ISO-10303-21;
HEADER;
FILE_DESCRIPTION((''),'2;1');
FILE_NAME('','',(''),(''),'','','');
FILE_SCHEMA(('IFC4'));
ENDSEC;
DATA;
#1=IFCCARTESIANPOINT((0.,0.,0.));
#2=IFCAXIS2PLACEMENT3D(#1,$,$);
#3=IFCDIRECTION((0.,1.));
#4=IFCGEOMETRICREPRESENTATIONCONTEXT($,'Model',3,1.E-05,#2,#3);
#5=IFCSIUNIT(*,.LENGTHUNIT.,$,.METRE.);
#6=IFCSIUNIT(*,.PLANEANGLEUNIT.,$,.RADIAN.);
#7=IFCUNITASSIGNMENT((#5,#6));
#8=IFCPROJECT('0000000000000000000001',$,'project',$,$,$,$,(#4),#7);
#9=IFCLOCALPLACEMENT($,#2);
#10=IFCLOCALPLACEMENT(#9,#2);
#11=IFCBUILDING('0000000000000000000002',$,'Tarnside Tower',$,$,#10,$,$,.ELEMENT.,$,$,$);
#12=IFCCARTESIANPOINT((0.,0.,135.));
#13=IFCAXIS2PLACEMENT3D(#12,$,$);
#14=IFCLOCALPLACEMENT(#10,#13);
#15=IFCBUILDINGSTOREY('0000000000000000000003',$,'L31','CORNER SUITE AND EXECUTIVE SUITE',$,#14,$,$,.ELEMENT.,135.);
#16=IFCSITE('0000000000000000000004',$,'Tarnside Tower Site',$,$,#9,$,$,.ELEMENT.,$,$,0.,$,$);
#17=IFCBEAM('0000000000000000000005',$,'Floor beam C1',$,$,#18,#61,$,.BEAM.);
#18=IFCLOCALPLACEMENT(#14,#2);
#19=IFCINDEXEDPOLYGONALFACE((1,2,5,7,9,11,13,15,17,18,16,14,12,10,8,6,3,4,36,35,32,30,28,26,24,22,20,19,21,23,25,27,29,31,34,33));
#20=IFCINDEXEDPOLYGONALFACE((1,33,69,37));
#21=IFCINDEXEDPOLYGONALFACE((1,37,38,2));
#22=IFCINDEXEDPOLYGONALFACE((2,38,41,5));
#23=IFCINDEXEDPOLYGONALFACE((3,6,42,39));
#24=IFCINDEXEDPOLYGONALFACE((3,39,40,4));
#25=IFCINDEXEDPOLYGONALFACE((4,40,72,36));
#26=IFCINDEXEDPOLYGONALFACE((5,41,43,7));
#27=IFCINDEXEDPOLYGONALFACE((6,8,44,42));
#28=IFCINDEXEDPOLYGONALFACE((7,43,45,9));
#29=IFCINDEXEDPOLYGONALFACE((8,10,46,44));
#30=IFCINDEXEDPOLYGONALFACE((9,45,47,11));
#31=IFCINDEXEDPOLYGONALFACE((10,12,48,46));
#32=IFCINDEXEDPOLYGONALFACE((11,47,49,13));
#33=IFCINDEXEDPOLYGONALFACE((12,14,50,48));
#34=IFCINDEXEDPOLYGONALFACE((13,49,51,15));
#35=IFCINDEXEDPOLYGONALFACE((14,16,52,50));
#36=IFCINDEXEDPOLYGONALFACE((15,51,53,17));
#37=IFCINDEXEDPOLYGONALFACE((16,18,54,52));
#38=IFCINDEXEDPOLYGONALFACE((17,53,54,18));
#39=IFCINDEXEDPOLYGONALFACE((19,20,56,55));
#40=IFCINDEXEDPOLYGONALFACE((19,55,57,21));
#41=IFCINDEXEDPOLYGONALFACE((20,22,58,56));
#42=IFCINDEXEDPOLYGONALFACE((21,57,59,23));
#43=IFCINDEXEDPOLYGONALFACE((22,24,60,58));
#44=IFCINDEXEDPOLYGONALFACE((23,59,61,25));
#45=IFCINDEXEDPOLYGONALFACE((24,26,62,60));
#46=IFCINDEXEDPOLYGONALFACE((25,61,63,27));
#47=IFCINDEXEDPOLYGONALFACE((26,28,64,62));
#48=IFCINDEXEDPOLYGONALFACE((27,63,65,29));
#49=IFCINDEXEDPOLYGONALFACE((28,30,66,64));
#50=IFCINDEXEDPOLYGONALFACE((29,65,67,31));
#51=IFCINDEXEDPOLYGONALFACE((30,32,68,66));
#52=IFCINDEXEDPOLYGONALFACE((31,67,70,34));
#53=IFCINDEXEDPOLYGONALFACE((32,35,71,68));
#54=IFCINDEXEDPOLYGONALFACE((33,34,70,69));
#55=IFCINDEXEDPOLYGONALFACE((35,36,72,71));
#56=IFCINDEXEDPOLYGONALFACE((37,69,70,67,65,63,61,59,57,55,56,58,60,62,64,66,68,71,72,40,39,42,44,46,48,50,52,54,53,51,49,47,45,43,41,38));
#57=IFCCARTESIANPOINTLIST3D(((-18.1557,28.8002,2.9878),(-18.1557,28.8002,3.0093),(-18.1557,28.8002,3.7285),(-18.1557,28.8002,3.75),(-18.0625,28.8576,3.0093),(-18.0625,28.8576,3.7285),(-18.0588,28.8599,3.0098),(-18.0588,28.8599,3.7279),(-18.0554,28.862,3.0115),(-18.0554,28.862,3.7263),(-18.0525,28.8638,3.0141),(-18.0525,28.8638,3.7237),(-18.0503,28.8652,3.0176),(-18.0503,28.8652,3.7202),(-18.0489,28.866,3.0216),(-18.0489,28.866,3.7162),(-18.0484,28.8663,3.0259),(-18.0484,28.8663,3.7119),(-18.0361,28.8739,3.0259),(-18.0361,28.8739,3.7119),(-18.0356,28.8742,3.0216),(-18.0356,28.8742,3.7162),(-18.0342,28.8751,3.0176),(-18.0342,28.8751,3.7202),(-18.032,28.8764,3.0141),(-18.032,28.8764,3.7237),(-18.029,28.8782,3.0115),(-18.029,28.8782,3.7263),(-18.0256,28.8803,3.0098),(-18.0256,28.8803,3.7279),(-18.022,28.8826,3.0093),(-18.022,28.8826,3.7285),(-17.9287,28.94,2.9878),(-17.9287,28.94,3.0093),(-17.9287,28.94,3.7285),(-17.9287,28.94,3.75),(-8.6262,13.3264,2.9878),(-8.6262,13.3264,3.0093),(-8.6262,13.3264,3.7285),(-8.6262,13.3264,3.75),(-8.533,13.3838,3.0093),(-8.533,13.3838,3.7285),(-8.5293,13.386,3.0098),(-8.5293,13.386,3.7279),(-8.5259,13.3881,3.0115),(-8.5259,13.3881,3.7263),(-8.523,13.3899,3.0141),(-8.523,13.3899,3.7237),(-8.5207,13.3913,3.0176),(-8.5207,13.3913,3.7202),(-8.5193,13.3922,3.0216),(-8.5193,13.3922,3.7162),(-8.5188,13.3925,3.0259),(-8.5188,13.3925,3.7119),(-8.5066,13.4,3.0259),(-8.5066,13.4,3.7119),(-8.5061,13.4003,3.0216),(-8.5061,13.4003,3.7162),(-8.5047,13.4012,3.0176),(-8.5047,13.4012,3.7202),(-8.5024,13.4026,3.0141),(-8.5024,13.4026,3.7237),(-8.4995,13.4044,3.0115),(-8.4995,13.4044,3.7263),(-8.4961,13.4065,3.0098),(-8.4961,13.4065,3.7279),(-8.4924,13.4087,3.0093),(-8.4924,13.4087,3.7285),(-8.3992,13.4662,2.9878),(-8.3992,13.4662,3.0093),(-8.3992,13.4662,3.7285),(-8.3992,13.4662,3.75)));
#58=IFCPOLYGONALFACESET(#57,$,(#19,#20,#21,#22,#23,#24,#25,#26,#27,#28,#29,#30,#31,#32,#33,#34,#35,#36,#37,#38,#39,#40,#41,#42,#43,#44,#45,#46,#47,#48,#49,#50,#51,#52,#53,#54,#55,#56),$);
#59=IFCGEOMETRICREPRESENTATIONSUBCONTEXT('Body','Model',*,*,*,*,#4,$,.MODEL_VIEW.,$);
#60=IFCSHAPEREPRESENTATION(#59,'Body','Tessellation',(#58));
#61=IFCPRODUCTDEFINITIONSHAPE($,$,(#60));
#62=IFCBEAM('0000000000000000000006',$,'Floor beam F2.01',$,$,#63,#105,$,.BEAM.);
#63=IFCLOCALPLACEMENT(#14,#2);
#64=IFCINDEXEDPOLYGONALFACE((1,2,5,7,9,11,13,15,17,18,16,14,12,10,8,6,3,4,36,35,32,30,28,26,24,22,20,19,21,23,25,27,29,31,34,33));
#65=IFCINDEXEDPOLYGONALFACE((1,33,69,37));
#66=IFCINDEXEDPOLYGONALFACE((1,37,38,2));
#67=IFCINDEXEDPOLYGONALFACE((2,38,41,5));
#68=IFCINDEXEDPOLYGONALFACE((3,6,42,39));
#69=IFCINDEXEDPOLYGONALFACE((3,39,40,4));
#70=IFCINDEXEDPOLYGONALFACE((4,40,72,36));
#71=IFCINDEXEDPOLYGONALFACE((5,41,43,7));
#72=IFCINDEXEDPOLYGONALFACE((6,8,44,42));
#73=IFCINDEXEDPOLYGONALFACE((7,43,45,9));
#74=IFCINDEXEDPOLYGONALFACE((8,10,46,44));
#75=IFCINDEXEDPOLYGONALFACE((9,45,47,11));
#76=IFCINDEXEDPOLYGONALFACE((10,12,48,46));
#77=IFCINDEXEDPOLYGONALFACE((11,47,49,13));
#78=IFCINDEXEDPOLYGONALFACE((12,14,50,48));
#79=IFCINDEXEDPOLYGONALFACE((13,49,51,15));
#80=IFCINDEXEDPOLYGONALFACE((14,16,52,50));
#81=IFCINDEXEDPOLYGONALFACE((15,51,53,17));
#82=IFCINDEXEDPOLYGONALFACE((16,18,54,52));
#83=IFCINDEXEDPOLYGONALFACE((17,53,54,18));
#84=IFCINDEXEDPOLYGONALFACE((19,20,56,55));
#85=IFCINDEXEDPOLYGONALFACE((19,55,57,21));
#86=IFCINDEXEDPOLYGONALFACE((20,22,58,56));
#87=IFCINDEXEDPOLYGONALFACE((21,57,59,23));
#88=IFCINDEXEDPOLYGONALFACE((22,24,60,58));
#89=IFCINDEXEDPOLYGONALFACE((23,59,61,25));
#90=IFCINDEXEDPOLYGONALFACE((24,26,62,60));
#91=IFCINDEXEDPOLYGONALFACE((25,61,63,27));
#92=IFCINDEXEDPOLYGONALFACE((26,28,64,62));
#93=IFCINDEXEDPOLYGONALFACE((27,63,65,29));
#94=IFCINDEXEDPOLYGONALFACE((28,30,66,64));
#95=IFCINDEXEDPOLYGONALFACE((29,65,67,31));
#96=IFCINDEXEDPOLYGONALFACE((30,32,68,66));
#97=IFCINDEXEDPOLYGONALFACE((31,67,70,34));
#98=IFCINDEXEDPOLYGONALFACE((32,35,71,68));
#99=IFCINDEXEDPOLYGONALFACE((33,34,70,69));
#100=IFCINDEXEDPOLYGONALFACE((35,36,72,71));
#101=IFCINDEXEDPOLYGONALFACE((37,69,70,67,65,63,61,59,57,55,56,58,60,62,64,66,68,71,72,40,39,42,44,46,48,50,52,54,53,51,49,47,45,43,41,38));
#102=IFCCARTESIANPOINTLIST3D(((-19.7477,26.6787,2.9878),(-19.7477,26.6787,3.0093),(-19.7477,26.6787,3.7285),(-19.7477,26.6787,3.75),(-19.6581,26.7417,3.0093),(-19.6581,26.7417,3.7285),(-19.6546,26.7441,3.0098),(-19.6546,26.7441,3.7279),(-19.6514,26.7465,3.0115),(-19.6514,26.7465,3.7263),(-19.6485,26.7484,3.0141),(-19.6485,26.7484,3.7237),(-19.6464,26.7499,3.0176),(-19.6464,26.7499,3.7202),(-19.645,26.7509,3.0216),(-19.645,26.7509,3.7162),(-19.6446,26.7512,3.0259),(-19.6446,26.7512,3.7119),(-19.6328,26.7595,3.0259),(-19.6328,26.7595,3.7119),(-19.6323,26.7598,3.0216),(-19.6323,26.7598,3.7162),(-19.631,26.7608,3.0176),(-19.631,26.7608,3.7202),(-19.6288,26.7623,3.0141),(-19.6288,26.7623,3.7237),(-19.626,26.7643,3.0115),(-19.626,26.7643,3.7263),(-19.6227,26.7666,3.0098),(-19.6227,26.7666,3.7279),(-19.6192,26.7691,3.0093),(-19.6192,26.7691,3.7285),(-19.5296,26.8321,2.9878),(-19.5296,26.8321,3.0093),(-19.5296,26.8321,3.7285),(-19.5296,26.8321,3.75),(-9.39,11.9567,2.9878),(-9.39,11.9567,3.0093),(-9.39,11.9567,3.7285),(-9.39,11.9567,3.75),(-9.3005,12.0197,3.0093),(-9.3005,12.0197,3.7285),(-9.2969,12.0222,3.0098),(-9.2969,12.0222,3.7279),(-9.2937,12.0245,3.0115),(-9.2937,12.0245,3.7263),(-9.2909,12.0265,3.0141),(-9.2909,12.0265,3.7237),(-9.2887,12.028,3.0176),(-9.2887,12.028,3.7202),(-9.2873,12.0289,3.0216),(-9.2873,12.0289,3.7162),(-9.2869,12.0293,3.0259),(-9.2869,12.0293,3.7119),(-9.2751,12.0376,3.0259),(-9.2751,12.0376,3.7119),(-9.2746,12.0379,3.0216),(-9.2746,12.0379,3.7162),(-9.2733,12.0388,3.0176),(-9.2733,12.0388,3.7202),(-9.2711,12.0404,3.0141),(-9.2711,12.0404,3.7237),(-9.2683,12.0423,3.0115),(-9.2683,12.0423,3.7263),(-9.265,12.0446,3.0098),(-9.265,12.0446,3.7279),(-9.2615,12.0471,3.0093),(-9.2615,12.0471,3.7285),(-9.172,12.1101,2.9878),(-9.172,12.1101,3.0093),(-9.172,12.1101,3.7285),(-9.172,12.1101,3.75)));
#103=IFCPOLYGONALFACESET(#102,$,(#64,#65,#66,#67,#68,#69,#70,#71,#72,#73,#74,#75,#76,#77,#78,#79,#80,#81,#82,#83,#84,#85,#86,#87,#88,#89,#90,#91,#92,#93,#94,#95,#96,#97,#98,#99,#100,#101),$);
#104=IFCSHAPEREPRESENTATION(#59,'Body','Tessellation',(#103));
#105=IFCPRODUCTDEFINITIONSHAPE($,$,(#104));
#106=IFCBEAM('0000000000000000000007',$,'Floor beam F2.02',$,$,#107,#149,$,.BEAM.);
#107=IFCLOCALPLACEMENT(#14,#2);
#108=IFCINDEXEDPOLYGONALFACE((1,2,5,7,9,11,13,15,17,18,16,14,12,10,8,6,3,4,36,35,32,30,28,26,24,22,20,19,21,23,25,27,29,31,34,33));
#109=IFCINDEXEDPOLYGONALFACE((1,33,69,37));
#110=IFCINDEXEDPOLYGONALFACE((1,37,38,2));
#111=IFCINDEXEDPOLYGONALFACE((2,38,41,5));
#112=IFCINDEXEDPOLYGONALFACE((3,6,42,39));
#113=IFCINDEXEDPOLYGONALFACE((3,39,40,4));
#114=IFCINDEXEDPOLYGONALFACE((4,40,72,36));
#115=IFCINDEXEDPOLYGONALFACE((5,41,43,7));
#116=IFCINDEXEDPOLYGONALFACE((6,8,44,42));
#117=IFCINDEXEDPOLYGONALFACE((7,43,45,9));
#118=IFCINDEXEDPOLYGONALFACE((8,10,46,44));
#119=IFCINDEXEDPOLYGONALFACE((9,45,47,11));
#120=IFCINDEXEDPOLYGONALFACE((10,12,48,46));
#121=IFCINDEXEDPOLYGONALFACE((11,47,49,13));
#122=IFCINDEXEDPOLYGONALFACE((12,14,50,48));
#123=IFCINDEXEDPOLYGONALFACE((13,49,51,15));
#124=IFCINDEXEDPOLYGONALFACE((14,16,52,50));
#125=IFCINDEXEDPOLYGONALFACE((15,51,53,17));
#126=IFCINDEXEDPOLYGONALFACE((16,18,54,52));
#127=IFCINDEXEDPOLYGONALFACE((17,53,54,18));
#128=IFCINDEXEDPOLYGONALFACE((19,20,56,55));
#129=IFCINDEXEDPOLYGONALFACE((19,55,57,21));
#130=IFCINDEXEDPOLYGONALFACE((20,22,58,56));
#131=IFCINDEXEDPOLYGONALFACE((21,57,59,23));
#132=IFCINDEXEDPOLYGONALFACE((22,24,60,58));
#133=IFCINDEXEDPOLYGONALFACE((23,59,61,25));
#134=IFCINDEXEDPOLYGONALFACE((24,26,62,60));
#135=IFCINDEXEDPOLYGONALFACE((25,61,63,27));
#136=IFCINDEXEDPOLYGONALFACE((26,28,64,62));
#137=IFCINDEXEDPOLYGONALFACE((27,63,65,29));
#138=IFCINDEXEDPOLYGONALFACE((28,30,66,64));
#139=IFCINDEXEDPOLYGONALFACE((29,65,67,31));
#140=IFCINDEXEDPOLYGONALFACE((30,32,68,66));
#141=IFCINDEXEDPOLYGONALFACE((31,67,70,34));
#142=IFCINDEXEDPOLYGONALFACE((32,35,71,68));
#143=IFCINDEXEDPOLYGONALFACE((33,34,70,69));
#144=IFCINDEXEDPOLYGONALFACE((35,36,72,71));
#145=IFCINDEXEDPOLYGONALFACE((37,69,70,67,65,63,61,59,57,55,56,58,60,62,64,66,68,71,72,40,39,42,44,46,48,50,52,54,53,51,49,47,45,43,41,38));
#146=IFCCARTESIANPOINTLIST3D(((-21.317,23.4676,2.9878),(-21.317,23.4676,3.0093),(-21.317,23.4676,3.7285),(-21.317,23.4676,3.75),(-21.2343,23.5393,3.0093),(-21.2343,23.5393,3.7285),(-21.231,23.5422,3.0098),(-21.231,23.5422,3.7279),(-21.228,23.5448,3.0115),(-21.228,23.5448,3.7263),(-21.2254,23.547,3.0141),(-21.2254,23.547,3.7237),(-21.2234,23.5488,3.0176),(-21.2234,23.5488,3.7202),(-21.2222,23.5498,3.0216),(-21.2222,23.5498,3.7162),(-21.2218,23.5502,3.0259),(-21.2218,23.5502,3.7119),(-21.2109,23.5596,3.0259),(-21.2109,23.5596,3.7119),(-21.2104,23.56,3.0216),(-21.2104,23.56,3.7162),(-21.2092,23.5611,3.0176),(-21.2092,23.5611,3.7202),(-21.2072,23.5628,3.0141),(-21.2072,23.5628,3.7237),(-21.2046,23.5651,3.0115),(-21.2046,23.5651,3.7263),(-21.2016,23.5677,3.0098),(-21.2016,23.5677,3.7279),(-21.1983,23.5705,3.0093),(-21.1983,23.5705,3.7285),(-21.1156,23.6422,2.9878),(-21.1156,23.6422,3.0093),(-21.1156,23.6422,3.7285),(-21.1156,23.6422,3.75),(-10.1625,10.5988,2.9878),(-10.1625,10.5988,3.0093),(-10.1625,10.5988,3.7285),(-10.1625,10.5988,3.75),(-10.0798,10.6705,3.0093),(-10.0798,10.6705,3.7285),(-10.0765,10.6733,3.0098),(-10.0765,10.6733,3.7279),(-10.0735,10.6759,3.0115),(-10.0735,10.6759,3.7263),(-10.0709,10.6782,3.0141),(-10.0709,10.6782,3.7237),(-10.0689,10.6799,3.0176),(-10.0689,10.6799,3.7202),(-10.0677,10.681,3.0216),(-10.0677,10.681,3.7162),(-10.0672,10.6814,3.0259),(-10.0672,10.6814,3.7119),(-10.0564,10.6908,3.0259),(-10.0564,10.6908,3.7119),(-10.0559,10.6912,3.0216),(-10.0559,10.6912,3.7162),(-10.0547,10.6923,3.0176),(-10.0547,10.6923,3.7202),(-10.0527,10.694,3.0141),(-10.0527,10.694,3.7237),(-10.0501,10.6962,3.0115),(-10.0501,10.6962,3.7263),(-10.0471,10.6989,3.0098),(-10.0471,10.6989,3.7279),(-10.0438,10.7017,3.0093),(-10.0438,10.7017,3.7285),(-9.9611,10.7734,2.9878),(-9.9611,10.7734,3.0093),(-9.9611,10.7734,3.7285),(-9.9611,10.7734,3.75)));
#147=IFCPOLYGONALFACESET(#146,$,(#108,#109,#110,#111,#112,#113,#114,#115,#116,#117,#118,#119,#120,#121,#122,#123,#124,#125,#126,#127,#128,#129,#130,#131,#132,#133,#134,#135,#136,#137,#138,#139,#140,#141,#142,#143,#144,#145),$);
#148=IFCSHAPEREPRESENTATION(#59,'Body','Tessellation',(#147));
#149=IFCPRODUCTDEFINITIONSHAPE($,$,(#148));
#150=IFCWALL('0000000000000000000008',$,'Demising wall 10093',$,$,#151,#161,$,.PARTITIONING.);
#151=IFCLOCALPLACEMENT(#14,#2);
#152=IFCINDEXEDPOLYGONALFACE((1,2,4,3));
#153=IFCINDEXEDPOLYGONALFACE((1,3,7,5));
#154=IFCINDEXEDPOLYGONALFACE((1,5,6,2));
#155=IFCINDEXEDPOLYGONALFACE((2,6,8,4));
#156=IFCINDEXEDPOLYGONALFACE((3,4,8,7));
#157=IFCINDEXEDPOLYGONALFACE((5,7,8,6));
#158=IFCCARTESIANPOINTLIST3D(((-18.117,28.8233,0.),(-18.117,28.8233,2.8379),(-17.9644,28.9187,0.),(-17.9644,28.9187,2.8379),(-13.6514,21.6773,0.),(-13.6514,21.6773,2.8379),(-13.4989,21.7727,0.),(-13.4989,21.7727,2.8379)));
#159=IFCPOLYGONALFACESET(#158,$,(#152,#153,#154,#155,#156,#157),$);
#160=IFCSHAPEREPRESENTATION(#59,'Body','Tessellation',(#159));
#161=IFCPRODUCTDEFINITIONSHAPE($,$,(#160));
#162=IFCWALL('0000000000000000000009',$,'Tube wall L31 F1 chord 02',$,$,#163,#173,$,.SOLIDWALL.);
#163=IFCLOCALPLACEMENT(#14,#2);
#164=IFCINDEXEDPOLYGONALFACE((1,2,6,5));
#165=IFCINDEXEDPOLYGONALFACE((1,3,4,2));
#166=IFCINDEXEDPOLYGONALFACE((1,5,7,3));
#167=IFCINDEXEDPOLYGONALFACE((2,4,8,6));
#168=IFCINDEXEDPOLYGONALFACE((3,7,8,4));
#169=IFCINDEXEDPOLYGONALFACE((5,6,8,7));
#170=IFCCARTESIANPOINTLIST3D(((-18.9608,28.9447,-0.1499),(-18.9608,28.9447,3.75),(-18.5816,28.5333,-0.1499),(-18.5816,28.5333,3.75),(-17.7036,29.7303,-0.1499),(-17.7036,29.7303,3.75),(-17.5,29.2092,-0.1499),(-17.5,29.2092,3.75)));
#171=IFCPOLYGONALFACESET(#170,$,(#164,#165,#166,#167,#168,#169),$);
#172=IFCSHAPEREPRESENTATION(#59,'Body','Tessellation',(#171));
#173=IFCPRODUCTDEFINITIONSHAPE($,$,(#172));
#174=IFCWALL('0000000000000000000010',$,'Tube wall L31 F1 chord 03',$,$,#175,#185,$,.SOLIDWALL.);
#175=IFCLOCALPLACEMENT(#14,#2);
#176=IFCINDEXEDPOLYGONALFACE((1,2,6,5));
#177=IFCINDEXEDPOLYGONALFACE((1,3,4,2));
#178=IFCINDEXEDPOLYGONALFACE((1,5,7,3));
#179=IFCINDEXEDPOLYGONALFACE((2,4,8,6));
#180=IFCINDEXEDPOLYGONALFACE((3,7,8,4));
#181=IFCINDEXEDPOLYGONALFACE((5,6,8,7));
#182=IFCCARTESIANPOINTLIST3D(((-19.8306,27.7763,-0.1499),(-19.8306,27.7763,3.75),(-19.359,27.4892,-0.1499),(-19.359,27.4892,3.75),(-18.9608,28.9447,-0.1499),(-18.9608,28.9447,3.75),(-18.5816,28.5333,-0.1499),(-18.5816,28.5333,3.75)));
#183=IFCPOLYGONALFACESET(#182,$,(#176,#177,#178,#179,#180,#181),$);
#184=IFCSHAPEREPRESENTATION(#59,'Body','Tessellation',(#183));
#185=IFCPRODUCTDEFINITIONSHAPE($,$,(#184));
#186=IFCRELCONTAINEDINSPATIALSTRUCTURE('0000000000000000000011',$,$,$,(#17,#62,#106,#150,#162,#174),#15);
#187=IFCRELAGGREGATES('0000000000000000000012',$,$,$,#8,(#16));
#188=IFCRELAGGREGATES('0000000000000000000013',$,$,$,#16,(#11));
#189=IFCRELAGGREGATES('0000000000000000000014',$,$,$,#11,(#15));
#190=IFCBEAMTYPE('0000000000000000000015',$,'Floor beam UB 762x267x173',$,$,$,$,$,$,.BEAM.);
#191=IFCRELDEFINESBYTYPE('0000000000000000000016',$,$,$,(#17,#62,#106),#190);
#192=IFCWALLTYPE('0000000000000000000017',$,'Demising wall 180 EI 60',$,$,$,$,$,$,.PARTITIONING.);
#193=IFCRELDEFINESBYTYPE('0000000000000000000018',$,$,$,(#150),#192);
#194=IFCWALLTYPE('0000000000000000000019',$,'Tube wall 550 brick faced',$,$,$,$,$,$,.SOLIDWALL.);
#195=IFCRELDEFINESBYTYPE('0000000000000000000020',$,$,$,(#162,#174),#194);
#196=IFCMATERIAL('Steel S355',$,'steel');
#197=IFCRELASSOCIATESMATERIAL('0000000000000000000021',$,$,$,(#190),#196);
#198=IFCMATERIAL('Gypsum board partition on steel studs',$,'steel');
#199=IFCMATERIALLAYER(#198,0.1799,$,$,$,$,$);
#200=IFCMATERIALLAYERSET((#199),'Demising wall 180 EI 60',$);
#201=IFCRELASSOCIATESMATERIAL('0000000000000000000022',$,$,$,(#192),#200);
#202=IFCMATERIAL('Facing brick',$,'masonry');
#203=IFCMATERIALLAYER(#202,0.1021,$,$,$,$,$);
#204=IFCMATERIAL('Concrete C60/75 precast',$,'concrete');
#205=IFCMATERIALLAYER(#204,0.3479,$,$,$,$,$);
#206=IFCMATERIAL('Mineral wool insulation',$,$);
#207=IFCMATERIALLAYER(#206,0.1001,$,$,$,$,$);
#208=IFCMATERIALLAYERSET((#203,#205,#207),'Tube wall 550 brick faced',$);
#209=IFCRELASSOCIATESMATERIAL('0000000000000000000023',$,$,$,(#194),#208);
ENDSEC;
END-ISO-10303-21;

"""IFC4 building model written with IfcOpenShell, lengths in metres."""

from ifc_helpers import new_model, si_unit, direction, frame, frame_2d, origin, origin_2d, place, context, subcontext, project, spatial, polyline, rectangle, i_section, outline, extrude, material, layer, layer_set, material_profile, profile_set, type_object, element, save


model = new_model("IFC4")

# Units and contexts
model_context = context("Model", 3, precision=1e-05, world=origin(), true_north=direction((0.0, 1.0)))
body_context = subcontext(model_context, "Body", "Model", "MODEL_VIEW")
ifc_project = project(units=[si_unit("LENGTHUNIT", "METRE"), si_unit("PLANEANGLEUNIT", "RADIAN")], contexts=[model_context])

# Site, building, storey
site_placement = place(None, origin())
site = spatial("IfcSite", under=ifc_project, at=site_placement, Name="Tarnside Tower Site", CompositionType="ELEMENT", RefElevation=0.0)
building_placement = place(site_placement, origin())
building = spatial("IfcBuilding", under=site, at=building_placement, Name="Tarnside Tower", CompositionType="ELEMENT")
storey_placement = place(building_placement, frame((0.0, 0.0, 135.0)))
storey = spatial("IfcBuildingStorey", under=building, at=storey_placement, Name="L31", Description="CORNER SUITE AND EXECUTIVE SUITE", CompositionType="ELEMENT", Elevation=135.0)

# Beams
ifc_material_1 = material(Name="Steel S355", Category="steel")
ifc_material_profile = material_profile(ifc_material_1, i_section(OverallWidth=0.2666, OverallDepth=0.7622, WebThickness=0.0144, FlangeThickness=0.0215, FilletRadius=0.0166, at=origin_2d()), Name="UB 762x267x173")
ifc_profile_set = profile_set([ifc_material_profile], Name="Steel S355")
beam_type = type_object("IfcBeamType", Name="Floor beam UB 762x267x173", PredefinedType="BEAM", material=ifc_profile_set)
beam_1_placement = place(storey_placement, frame((-18.0422, 28.8701, 3.3689), z_axis=(0.524383, -0.851483, 0.0), x_axis=(0.851483, 0.524383, 0.0)))
element("IfcBeam", 1, at=beam_1_placement, inside=storey, type_object=beam_type, Name="Floor beam C1", PredefinedType="BEAM", context=body_context, shape_type="SweptSolid", body=[
    extrude(i_section(OverallWidth=0.2666, OverallDepth=0.7622, WebThickness=0.0144, FlangeThickness=0.0215, FilletRadius=0.0166, at=origin_2d()), origin(), (0.0, 0.0, 1.0), 18.1729),
])
beam_2_placement = place(storey_placement, frame((-19.6387, 26.7554, 3.3689), z_axis=(0.575411, -0.817864, 0.0), x_axis=(0.817864, 0.575411, 0.0)))
element("IfcBeam", 2, at=beam_2_placement, inside=storey, type_object=beam_type, Name="Floor beam F2.01", PredefinedType="BEAM", context=body_context, shape_type="SweptSolid", body=[
    extrude(i_section(OverallWidth=0.2666, OverallDepth=0.7622, WebThickness=0.0144, FlangeThickness=0.0215, FilletRadius=0.0166, at=origin_2d()), origin(), (0.0, 0.0, 1.0), 18.0005),
])
beam_3_placement = place(storey_placement, frame((-21.2163, 23.5549, 3.3689), z_axis=(0.654981, -0.755646, 0.0), x_axis=(0.755646, 0.654981, 0.0)))
element("IfcBeam", 3, at=beam_3_placement, inside=storey, type_object=beam_type, Name="Floor beam F2.02", PredefinedType="BEAM", context=body_context, shape_type="SweptSolid", body=[
    extrude(i_section(OverallWidth=0.2666, OverallDepth=0.7622, WebThickness=0.0144, FlangeThickness=0.0215, FilletRadius=0.0166, at=origin_2d()), origin(), (0.0, 0.0, 1.0), 17.0303),
])

# Walls
ifc_material_2 = material(Name="Gypsum board partition on steel studs", Category="steel")
ifc_layer_1 = layer(ifc_material_2, 0.1799)
ifc_layer_set_1 = layer_set([ifc_layer_1], Name="Demising wall 180 EI 60")
wall_type_1 = type_object("IfcWallType", Name="Demising wall 180 EI 60", PredefinedType="PARTITIONING", material=ifc_layer_set_1)
wall_1_placement = place(storey_placement, frame((-18.0408, 28.8711, 0.0), z_axis=(0.0, 0.0, 1.0), x_axis=(0.529942, -0.848034, 0.0)))
element("IfcWall", 4, at=wall_1_placement, inside=storey, type_object=wall_type_1, Name="Demising wall 10093", PredefinedType="PARTITIONING", context=body_context, shape_type="SweptSolid", body=[
    extrude(rectangle(XDim=8.4265, YDim=0.1799, at=frame_2d((4.2134, 0.0))), origin(), (0.0, 0.0, 1.0), 2.8379),
])
ifc_material_3 = material(Name="Facing brick", Category="masonry")
ifc_layer_2 = layer(ifc_material_3, 0.1021)
ifc_material_4 = material(Name="Concrete C60/75 precast", Category="concrete")
ifc_layer_3 = layer(ifc_material_4, 0.3479)
ifc_material_5 = material(Name="Mineral wool insulation")
ifc_layer_4 = layer(ifc_material_5, 0.1001)
ifc_layer_set_2 = layer_set([ifc_layer_2, ifc_layer_3, ifc_layer_4], Name="Tube wall 550 brick faced")
wall_type_2 = type_object("IfcWallType", Name="Tube wall 550 brick faced", PredefinedType="SOLIDWALL", material=ifc_layer_set_2)
wall_2_placement = place(storey_placement, frame((-17.6018, 29.4697, -0.1499), z_axis=(0.0, 0.0, 1.0), x_axis=(-0.848058, -0.529903, 0.0)))
element("IfcWall", 5, at=wall_2_placement, inside=storey, type_object=wall_type_2, Name="Tube wall L31 F1 chord 02", PredefinedType="SOLIDWALL", context=body_context, shape_type="SweptSolid", body=[
    extrude(outline(polyline([(-0.0518, -0.2749), (1.4307, -0.2749), (1.3271, 0.2749), (0.0518, 0.2749), (-0.0518, -0.2749)])), origin(), (0.0, 0.0, 1.0), 3.8999),
])
wall_3_placement = place(storey_placement, frame((-18.7712, 28.739, -0.1499), z_axis=(0.0, 0.0, 1.0), x_axis=(-0.597135, -0.802141, 0.0)))
element("IfcWall", 6, at=wall_3_placement, inside=storey, type_object=wall_type_2, Name="Tube wall L31 F1 chord 03", PredefinedType="SOLIDWALL", context=body_context, shape_type="SweptSolid", body=[
    extrude(outline(polyline([(-0.0518, -0.2749), (1.4048, -0.2749), (1.3535, 0.2749), (0.0518, 0.2749), (-0.0518, -0.2749)])), origin(), (0.0, 0.0, 1.0), 3.8999),
])

save(model, "model.ifc")
